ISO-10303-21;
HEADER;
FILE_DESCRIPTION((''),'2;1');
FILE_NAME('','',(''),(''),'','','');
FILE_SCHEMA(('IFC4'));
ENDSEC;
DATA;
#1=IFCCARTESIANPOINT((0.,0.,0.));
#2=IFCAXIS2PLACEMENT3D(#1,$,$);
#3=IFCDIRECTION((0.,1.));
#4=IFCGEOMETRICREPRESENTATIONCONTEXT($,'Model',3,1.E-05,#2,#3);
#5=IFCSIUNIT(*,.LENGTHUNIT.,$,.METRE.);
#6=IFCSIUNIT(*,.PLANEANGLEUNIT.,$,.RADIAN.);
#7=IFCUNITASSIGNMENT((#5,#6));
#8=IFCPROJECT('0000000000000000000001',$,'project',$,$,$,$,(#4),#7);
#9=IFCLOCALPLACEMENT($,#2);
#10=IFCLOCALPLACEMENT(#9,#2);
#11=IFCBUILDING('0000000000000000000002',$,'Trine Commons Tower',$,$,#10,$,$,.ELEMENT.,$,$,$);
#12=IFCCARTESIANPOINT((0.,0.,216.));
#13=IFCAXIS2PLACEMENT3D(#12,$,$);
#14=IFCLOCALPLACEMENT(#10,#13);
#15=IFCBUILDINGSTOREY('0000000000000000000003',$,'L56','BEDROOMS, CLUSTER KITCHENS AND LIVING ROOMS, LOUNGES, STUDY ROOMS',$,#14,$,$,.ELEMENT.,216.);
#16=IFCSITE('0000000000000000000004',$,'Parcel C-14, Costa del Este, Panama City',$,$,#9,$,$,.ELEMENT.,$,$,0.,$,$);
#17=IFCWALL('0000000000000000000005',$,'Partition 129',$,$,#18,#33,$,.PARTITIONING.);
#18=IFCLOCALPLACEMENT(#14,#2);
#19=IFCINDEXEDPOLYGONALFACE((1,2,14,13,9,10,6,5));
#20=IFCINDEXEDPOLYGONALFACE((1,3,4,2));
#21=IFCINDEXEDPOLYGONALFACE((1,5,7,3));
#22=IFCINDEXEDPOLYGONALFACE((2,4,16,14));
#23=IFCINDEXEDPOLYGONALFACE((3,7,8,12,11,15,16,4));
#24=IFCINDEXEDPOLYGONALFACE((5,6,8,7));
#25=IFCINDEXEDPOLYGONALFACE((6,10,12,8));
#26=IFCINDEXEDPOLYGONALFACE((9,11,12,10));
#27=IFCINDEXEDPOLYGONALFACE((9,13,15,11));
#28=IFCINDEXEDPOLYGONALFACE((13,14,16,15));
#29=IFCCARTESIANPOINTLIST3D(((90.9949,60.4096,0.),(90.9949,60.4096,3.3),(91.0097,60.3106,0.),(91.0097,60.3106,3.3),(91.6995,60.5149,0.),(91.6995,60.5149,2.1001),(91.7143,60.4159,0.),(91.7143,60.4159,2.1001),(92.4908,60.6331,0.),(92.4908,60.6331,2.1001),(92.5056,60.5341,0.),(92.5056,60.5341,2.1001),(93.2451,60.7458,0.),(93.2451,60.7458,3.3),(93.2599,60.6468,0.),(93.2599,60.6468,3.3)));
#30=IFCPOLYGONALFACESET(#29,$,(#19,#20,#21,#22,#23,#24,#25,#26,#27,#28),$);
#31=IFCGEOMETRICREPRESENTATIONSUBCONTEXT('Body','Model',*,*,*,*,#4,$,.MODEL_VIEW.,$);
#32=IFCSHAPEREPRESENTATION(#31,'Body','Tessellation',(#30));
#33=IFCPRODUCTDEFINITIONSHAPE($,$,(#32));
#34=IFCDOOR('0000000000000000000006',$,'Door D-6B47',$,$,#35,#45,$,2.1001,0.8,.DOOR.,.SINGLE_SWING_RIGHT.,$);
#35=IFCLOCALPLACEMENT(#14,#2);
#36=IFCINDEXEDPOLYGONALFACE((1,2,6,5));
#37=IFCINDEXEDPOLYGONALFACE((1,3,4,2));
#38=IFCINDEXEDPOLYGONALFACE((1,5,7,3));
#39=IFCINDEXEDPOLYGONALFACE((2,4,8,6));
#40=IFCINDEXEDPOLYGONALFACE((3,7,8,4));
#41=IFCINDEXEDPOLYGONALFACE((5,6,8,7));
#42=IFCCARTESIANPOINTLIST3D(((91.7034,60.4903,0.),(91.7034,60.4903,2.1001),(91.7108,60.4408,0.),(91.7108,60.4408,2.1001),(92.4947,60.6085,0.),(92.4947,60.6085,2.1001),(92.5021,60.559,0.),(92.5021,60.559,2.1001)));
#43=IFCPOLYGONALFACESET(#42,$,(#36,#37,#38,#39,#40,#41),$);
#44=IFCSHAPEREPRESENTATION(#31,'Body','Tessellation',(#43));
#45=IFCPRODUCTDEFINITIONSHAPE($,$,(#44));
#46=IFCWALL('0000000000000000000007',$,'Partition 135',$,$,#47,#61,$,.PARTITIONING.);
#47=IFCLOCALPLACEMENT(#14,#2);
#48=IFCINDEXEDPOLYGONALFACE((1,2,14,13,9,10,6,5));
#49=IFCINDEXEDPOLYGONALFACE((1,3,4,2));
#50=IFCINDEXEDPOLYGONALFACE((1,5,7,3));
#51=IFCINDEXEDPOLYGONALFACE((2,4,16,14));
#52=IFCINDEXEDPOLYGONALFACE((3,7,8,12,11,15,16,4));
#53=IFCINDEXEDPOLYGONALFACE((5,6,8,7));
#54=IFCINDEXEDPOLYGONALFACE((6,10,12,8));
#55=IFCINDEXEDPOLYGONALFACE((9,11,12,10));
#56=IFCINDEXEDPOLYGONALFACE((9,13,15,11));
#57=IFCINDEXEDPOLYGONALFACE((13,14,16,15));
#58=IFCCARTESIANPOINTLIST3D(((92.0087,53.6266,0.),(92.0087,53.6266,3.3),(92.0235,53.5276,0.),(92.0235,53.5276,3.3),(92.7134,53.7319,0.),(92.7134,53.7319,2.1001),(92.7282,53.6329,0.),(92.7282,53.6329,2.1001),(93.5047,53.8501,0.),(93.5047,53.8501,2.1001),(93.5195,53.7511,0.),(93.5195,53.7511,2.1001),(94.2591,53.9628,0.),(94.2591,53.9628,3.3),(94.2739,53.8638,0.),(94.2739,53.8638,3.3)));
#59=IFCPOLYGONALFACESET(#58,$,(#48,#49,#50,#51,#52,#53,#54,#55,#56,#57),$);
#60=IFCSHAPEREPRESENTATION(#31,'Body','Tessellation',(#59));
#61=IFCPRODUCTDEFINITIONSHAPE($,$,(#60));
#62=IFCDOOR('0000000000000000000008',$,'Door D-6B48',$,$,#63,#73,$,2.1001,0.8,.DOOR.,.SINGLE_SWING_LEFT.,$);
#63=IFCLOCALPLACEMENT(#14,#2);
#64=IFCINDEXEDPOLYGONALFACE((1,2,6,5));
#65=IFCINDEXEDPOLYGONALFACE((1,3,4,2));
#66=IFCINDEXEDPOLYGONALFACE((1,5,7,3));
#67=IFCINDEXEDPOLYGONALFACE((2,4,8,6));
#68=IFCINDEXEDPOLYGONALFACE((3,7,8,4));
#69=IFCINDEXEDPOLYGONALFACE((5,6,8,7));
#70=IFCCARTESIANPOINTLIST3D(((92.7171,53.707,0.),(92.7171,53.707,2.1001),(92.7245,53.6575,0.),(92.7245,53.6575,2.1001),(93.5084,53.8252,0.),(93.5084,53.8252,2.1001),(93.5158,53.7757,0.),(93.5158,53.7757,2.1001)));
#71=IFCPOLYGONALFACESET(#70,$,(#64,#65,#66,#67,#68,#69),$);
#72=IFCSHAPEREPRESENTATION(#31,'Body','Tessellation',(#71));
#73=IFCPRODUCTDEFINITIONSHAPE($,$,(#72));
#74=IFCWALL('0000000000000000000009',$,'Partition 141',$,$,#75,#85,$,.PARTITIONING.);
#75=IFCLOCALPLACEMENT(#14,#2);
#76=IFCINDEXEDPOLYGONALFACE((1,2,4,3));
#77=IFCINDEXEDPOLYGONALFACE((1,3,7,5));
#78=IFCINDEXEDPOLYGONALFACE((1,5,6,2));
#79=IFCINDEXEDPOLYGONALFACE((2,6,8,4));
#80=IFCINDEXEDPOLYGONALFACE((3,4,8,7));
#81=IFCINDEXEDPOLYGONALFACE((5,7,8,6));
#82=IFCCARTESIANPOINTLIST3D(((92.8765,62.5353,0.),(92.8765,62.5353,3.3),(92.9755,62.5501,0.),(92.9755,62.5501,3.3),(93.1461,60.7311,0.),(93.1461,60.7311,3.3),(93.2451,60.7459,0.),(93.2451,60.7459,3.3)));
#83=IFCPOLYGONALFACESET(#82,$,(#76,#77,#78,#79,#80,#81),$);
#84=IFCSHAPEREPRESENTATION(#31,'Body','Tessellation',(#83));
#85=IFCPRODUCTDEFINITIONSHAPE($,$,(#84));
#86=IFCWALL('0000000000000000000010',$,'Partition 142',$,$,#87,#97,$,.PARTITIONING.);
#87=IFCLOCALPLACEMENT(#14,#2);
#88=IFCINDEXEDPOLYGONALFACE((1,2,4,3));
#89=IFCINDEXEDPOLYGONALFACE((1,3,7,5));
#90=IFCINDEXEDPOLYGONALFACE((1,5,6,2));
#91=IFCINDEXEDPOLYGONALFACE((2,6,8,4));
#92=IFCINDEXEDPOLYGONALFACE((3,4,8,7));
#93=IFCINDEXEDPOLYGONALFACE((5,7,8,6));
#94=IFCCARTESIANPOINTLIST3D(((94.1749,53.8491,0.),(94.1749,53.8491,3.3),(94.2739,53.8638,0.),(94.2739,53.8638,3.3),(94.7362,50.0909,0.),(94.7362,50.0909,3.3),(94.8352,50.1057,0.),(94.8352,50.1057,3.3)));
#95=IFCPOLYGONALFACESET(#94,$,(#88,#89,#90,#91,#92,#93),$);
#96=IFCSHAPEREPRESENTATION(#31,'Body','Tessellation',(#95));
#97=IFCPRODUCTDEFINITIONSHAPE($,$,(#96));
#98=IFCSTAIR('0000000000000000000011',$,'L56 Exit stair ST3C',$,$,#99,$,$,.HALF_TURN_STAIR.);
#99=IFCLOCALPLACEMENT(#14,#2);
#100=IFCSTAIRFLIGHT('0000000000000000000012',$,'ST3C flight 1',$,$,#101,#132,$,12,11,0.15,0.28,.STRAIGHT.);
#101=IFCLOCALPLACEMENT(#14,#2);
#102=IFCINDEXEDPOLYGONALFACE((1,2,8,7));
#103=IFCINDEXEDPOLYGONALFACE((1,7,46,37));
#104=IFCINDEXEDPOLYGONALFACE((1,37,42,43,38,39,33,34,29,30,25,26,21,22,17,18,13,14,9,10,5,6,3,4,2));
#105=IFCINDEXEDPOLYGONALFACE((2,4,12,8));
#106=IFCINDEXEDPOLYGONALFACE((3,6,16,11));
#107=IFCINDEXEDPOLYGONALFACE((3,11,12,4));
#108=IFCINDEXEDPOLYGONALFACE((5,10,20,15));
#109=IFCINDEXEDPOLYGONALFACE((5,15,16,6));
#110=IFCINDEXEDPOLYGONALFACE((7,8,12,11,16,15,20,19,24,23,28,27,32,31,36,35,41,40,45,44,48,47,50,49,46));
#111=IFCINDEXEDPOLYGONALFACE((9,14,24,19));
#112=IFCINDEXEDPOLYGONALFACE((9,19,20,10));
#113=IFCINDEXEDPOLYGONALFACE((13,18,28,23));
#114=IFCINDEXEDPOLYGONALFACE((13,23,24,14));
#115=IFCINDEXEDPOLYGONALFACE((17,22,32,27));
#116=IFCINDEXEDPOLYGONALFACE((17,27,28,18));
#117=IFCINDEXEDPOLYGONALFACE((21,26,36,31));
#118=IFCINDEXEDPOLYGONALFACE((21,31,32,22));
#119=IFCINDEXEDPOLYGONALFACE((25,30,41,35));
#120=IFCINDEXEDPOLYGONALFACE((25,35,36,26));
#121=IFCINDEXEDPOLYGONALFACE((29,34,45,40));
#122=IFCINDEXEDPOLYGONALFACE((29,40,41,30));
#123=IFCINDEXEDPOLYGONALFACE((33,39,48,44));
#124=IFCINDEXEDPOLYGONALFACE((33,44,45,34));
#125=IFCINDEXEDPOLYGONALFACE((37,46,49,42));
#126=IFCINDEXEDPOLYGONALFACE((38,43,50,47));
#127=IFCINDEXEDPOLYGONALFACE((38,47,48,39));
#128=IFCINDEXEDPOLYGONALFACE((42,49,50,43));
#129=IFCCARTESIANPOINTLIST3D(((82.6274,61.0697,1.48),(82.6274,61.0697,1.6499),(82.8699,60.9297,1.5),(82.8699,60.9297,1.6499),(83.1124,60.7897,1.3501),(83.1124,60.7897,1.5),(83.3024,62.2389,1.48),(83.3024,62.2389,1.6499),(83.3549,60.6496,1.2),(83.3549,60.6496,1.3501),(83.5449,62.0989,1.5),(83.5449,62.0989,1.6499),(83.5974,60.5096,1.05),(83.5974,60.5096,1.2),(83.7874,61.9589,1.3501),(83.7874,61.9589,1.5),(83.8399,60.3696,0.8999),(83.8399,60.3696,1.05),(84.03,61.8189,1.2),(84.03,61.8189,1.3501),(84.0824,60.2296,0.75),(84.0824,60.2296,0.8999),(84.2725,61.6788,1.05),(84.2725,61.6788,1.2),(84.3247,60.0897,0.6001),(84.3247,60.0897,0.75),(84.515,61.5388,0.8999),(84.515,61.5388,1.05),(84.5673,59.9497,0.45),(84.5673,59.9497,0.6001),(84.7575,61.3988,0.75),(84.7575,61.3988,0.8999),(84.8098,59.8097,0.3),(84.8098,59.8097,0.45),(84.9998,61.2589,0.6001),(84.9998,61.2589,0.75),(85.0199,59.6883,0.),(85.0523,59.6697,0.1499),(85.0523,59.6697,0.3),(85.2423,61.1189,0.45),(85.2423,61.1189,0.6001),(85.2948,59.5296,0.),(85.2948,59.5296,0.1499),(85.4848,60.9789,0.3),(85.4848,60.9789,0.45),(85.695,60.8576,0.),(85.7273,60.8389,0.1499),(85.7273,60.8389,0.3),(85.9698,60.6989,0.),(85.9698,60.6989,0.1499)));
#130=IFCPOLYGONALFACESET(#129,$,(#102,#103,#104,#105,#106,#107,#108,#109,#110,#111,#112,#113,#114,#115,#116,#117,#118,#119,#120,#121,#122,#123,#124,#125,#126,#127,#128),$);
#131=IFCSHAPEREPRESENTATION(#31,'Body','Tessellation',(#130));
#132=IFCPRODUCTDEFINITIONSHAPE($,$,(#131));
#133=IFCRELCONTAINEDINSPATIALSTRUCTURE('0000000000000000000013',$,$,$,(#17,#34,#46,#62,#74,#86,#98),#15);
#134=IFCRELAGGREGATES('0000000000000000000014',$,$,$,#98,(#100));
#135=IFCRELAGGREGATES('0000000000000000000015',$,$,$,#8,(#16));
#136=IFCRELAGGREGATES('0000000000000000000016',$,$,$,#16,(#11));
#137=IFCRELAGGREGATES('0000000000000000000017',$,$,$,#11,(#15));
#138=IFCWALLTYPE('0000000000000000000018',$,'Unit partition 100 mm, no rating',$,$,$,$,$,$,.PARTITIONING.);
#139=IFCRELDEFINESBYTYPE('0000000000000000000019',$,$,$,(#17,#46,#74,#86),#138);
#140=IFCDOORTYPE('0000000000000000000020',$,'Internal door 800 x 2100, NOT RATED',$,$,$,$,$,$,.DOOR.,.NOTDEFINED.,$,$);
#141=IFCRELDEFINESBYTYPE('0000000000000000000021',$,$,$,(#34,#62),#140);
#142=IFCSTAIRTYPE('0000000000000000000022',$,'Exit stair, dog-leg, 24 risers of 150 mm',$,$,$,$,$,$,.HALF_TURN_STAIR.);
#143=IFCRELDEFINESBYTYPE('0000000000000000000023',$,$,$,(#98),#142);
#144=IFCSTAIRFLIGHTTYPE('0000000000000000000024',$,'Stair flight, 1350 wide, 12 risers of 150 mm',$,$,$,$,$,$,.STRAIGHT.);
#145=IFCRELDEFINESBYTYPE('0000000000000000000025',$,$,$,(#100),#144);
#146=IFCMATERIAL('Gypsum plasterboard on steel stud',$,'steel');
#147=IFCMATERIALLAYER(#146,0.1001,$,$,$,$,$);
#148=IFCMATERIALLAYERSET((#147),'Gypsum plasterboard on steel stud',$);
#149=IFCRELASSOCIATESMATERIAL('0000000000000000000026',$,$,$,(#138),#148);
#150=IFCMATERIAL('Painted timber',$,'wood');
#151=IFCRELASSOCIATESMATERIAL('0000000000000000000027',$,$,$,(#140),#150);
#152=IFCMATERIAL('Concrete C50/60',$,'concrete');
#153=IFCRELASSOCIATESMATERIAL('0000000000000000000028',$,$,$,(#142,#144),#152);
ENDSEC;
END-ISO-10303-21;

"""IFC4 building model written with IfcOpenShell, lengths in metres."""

from ifc_helpers import new_model, si_unit, direction, frame, frame_2d, origin, place, context, subcontext, project, spatial, polyline, rectangle, outline, extrude, material, layer, layer_set, type_object, element, fill, aggregate, save


model = new_model("IFC4")

# Units and contexts
model_context = context("Model", 3, precision=1e-05, world=origin(), true_north=direction((0.0, 1.0)))
body_context = subcontext(model_context, "Body", "Model", "MODEL_VIEW")
ifc_project = project(units=[si_unit("LENGTHUNIT", "METRE"), si_unit("PLANEANGLEUNIT", "RADIAN")], contexts=[model_context])

# Site, building, storey
site_placement = place(None, origin())
site = spatial("IfcSite", under=ifc_project, at=site_placement, Name="Parcel C-14, Costa del Este, Panama City", CompositionType="ELEMENT", RefElevation=0.0)
building_placement = place(site_placement, origin())
building = spatial("IfcBuilding", under=site, at=building_placement, Name="Trine Commons Tower", CompositionType="ELEMENT")
storey_placement = place(building_placement, frame((0.0, 0.0, 216.0)))
storey = spatial("IfcBuildingStorey", under=building, at=storey_placement, Name="L56", Description="BEDROOMS, CLUSTER KITCHENS AND LIVING ROOMS, LOUNGES, STUDY ROOMS", CompositionType="ELEMENT", Elevation=216.0)

# Shared definitions
ifc_material_1 = material(Name="Gypsum plasterboard on steel stud", Category="steel")

# Shared definitions
ifc_material_2 = material(Name="Painted timber", Category="wood")

# Walls, openings, doors
ifc_layer_1 = layer(ifc_material_1, 0.1001)
ifc_layer_set_1 = layer_set([ifc_layer_1], Name="Gypsum plasterboard on steel stud")
wall_type_1 = type_object("IfcWallType", Name="Unit partition 100 mm, no rating", PredefinedType="PARTITIONING", material=ifc_layer_set_1)
wall_1_placement = place(storey_placement, frame((91.0022, 60.3601, 0.0), z_axis=(0.0, 0.0, 1.0), x_axis=(0.989024, 0.147758, 0.0)))
wall_1 = element("IfcWall", 1, at=wall_1_placement, inside=storey, type_object=wall_type_1, Name="Partition 129", PredefinedType="PARTITIONING", context=body_context, shape_type="SweptSolid", body=[
    extrude(rectangle(XDim=2.2751, YDim=0.1001, at=frame_2d((1.1377, 0.0))), origin(), (0.0, 0.0, 1.0), 3.3),
])
opening_1_placement = place(wall_1_placement, frame((0.7126, 0.0, 0.0)))
opening_1 = element("IfcOpeningElement", 2, at=opening_1_placement, cuts=wall_1, PredefinedType="OPENING", context=body_context, shape_type="SweptSolid", body=[
    extrude(rectangle(XDim=0.8, YDim=2.1001, at=frame_2d((0.3999, 1.05))), frame((0.0, 0.0601, 0.0), z_axis=(0.0, -1.0, 0.0), x_axis=(1.0, 0.0, 0.0)), (0.0, 0.0, 1.0), 0.1201),
])
door_type_1 = type_object("IfcDoorType", Name="Internal door 800 x 2100, NOT RATED", OperationType="NOTDEFINED", PredefinedType="DOOR", material=ifc_material_2)
door_1_placement = place(opening_1_placement, frame((0.8, 0.0, 0.0), z_axis=(0.0, 0.0, 1.0), x_axis=(-1.0, 0.0, 0.0)))
door_1 = element("IfcDoor", 3, at=door_1_placement, inside=storey, type_object=door_type_1, Name="Door D-6B47", OperationType="SINGLE_SWING_RIGHT", OverallHeight=2.1001, OverallWidth=0.8, PredefinedType="DOOR", context=body_context, shape_type="SweptSolid", body=[
    extrude(rectangle(XDim=0.8, YDim=2.1001, at=frame_2d((0.3999, 1.05))), frame((0.0, 0.0249, 0.0), z_axis=(0.0, -1.0, 0.0), x_axis=(1.0, 0.0, 0.0)), (0.0, 0.0, 1.0), 0.05),
])
fill(opening_1, door_1)
wall_2_placement = place(storey_placement, frame((92.0161, 53.5771, 0.0), z_axis=(0.0, 0.0, 1.0), x_axis=(0.989026, 0.147742, 0.0)))
wall_2 = element("IfcWall", 4, at=wall_2_placement, inside=storey, type_object=wall_type_1, Name="Partition 135", PredefinedType="PARTITIONING", context=body_context, shape_type="SweptSolid", body=[
    extrude(rectangle(XDim=2.2754, YDim=0.1001, at=frame_2d((1.1377, 0.0))), origin(), (0.0, 0.0, 1.0), 3.3),
])
opening_2_placement = place(wall_2_placement, frame((0.7126, 0.0, 0.0)))
opening_2 = element("IfcOpeningElement", 5, at=opening_2_placement, cuts=wall_2, PredefinedType="OPENING", context=body_context, shape_type="SweptSolid", body=[
    extrude(rectangle(XDim=0.8, YDim=2.1001, at=frame_2d((0.3999, 1.05))), frame((0.0, 0.0601, 0.0), z_axis=(0.0, -1.0, 0.0), x_axis=(1.0, 0.0, 0.0)), (0.0, 0.0, 1.0), 0.1201),
])
door_2_placement = place(opening_2_placement, origin())
door_2 = element("IfcDoor", 6, at=door_2_placement, inside=storey, type_object=door_type_1, Name="Door D-6B48", OperationType="SINGLE_SWING_LEFT", OverallHeight=2.1001, OverallWidth=0.8, PredefinedType="DOOR", context=body_context, shape_type="SweptSolid", body=[
    extrude(rectangle(XDim=0.8, YDim=2.1001, at=frame_2d((0.3999, 1.05))), frame((0.0, 0.0249, 0.0), z_axis=(0.0, -1.0, 0.0), x_axis=(1.0, 0.0, 0.0)), (0.0, 0.0, 1.0), 0.05),
])
fill(opening_2, door_2)

# Walls
wall_3_placement = place(storey_placement, frame((92.926, 62.5427, 0.0), z_axis=(0.0, 0.0, 1.0), x_axis=(0.147751, -0.989025, 0.0)))
element("IfcWall", 7, at=wall_3_placement, inside=storey, type_object=wall_type_1, Name="Partition 141", PredefinedType="PARTITIONING", context=body_context, shape_type="SweptSolid", body=[
    extrude(rectangle(XDim=1.8242, YDim=0.1001, at=frame_2d((0.9121, 0.0))), origin(), (0.0, 0.0, 1.0), 3.3),
])
wall_4_placement = place(storey_placement, frame((94.2244, 53.8564, 0.0), z_axis=(0.0, 0.0, 1.0), x_axis=(0.147715, -0.98903, 0.0)))
element("IfcWall", 8, at=wall_4_placement, inside=storey, type_object=wall_type_1, Name="Partition 142", PredefinedType="PARTITIONING", context=body_context, shape_type="SweptSolid", body=[
    extrude(rectangle(XDim=3.7998, YDim=0.1001, at=frame_2d((1.8999, 0.0))), origin(), (0.0, 0.0, 1.0), 3.3),
])

# Stair, stair flight
ifc_material_3 = material(Name="Concrete C50/60", Category="concrete")
stair_type = type_object("IfcStairType", Name="Exit stair, dog-leg, 24 risers of 150 mm", PredefinedType="HALF_TURN_STAIR", material=ifc_material_3)
stair_placement = place(storey_placement, origin())
stair = element("IfcStair", 9, at=stair_placement, inside=storey, type_object=stair_type, Name="L56 Exit stair ST3C", PredefinedType="HALF_TURN_STAIR")
stair_flight_type = type_object("IfcStairFlightType", Name="Stair flight, 1350 wide, 12 risers of 150 mm", PredefinedType="STRAIGHT", material=ifc_material_3)
stair_flight_placement = place(storey_placement, frame((85.6323, 60.1143, 0.0), z_axis=(0.0, 0.0, 1.0), x_axis=(-0.866025, 0.5, 0.0)))
stair_flight = element("IfcStairFlight", 10, at=stair_flight_placement, type_object=stair_flight_type, Name="ST3C flight 1", NumberOfRisers=12, NumberOfTreads=11, PredefinedType="STRAIGHT", RiserHeight=0.15, TreadLength=0.28, context=body_context, shape_type="SweptSolid", body=[
    extrude(outline(polyline([(0.0, 0.0), (0.0, 0.1499), (0.28, 0.1499), (0.28, 0.3), (0.5601, 0.3), (0.5601, 0.45), (0.8401, 0.45), (0.8401, 0.6001), (1.1201, 0.6001), (1.1201, 0.75), (1.3999, 0.75), (1.3999, 0.8999), (1.6799, 0.8999), (1.6799, 1.05), (1.96, 1.05), (1.96, 1.2), (2.24, 1.2), (2.24, 1.3501), (2.52, 1.3501), (2.52, 1.5), (2.8, 1.5), (2.8, 1.6499), (3.0801, 1.6499), (3.0801, 1.8), (3.0801, 1.48), (0.3174, 0.0), (0.0, 0.0)])), frame((0.0, 0.675, 0.0), z_axis=(0.0, -1.0, 0.0), x_axis=(1.0, 0.0, 0.0)), (0.0, 0.0, 1.0), 1.3501),
])
aggregate(stair, [stair_flight])

save(model, "model.ifc")
